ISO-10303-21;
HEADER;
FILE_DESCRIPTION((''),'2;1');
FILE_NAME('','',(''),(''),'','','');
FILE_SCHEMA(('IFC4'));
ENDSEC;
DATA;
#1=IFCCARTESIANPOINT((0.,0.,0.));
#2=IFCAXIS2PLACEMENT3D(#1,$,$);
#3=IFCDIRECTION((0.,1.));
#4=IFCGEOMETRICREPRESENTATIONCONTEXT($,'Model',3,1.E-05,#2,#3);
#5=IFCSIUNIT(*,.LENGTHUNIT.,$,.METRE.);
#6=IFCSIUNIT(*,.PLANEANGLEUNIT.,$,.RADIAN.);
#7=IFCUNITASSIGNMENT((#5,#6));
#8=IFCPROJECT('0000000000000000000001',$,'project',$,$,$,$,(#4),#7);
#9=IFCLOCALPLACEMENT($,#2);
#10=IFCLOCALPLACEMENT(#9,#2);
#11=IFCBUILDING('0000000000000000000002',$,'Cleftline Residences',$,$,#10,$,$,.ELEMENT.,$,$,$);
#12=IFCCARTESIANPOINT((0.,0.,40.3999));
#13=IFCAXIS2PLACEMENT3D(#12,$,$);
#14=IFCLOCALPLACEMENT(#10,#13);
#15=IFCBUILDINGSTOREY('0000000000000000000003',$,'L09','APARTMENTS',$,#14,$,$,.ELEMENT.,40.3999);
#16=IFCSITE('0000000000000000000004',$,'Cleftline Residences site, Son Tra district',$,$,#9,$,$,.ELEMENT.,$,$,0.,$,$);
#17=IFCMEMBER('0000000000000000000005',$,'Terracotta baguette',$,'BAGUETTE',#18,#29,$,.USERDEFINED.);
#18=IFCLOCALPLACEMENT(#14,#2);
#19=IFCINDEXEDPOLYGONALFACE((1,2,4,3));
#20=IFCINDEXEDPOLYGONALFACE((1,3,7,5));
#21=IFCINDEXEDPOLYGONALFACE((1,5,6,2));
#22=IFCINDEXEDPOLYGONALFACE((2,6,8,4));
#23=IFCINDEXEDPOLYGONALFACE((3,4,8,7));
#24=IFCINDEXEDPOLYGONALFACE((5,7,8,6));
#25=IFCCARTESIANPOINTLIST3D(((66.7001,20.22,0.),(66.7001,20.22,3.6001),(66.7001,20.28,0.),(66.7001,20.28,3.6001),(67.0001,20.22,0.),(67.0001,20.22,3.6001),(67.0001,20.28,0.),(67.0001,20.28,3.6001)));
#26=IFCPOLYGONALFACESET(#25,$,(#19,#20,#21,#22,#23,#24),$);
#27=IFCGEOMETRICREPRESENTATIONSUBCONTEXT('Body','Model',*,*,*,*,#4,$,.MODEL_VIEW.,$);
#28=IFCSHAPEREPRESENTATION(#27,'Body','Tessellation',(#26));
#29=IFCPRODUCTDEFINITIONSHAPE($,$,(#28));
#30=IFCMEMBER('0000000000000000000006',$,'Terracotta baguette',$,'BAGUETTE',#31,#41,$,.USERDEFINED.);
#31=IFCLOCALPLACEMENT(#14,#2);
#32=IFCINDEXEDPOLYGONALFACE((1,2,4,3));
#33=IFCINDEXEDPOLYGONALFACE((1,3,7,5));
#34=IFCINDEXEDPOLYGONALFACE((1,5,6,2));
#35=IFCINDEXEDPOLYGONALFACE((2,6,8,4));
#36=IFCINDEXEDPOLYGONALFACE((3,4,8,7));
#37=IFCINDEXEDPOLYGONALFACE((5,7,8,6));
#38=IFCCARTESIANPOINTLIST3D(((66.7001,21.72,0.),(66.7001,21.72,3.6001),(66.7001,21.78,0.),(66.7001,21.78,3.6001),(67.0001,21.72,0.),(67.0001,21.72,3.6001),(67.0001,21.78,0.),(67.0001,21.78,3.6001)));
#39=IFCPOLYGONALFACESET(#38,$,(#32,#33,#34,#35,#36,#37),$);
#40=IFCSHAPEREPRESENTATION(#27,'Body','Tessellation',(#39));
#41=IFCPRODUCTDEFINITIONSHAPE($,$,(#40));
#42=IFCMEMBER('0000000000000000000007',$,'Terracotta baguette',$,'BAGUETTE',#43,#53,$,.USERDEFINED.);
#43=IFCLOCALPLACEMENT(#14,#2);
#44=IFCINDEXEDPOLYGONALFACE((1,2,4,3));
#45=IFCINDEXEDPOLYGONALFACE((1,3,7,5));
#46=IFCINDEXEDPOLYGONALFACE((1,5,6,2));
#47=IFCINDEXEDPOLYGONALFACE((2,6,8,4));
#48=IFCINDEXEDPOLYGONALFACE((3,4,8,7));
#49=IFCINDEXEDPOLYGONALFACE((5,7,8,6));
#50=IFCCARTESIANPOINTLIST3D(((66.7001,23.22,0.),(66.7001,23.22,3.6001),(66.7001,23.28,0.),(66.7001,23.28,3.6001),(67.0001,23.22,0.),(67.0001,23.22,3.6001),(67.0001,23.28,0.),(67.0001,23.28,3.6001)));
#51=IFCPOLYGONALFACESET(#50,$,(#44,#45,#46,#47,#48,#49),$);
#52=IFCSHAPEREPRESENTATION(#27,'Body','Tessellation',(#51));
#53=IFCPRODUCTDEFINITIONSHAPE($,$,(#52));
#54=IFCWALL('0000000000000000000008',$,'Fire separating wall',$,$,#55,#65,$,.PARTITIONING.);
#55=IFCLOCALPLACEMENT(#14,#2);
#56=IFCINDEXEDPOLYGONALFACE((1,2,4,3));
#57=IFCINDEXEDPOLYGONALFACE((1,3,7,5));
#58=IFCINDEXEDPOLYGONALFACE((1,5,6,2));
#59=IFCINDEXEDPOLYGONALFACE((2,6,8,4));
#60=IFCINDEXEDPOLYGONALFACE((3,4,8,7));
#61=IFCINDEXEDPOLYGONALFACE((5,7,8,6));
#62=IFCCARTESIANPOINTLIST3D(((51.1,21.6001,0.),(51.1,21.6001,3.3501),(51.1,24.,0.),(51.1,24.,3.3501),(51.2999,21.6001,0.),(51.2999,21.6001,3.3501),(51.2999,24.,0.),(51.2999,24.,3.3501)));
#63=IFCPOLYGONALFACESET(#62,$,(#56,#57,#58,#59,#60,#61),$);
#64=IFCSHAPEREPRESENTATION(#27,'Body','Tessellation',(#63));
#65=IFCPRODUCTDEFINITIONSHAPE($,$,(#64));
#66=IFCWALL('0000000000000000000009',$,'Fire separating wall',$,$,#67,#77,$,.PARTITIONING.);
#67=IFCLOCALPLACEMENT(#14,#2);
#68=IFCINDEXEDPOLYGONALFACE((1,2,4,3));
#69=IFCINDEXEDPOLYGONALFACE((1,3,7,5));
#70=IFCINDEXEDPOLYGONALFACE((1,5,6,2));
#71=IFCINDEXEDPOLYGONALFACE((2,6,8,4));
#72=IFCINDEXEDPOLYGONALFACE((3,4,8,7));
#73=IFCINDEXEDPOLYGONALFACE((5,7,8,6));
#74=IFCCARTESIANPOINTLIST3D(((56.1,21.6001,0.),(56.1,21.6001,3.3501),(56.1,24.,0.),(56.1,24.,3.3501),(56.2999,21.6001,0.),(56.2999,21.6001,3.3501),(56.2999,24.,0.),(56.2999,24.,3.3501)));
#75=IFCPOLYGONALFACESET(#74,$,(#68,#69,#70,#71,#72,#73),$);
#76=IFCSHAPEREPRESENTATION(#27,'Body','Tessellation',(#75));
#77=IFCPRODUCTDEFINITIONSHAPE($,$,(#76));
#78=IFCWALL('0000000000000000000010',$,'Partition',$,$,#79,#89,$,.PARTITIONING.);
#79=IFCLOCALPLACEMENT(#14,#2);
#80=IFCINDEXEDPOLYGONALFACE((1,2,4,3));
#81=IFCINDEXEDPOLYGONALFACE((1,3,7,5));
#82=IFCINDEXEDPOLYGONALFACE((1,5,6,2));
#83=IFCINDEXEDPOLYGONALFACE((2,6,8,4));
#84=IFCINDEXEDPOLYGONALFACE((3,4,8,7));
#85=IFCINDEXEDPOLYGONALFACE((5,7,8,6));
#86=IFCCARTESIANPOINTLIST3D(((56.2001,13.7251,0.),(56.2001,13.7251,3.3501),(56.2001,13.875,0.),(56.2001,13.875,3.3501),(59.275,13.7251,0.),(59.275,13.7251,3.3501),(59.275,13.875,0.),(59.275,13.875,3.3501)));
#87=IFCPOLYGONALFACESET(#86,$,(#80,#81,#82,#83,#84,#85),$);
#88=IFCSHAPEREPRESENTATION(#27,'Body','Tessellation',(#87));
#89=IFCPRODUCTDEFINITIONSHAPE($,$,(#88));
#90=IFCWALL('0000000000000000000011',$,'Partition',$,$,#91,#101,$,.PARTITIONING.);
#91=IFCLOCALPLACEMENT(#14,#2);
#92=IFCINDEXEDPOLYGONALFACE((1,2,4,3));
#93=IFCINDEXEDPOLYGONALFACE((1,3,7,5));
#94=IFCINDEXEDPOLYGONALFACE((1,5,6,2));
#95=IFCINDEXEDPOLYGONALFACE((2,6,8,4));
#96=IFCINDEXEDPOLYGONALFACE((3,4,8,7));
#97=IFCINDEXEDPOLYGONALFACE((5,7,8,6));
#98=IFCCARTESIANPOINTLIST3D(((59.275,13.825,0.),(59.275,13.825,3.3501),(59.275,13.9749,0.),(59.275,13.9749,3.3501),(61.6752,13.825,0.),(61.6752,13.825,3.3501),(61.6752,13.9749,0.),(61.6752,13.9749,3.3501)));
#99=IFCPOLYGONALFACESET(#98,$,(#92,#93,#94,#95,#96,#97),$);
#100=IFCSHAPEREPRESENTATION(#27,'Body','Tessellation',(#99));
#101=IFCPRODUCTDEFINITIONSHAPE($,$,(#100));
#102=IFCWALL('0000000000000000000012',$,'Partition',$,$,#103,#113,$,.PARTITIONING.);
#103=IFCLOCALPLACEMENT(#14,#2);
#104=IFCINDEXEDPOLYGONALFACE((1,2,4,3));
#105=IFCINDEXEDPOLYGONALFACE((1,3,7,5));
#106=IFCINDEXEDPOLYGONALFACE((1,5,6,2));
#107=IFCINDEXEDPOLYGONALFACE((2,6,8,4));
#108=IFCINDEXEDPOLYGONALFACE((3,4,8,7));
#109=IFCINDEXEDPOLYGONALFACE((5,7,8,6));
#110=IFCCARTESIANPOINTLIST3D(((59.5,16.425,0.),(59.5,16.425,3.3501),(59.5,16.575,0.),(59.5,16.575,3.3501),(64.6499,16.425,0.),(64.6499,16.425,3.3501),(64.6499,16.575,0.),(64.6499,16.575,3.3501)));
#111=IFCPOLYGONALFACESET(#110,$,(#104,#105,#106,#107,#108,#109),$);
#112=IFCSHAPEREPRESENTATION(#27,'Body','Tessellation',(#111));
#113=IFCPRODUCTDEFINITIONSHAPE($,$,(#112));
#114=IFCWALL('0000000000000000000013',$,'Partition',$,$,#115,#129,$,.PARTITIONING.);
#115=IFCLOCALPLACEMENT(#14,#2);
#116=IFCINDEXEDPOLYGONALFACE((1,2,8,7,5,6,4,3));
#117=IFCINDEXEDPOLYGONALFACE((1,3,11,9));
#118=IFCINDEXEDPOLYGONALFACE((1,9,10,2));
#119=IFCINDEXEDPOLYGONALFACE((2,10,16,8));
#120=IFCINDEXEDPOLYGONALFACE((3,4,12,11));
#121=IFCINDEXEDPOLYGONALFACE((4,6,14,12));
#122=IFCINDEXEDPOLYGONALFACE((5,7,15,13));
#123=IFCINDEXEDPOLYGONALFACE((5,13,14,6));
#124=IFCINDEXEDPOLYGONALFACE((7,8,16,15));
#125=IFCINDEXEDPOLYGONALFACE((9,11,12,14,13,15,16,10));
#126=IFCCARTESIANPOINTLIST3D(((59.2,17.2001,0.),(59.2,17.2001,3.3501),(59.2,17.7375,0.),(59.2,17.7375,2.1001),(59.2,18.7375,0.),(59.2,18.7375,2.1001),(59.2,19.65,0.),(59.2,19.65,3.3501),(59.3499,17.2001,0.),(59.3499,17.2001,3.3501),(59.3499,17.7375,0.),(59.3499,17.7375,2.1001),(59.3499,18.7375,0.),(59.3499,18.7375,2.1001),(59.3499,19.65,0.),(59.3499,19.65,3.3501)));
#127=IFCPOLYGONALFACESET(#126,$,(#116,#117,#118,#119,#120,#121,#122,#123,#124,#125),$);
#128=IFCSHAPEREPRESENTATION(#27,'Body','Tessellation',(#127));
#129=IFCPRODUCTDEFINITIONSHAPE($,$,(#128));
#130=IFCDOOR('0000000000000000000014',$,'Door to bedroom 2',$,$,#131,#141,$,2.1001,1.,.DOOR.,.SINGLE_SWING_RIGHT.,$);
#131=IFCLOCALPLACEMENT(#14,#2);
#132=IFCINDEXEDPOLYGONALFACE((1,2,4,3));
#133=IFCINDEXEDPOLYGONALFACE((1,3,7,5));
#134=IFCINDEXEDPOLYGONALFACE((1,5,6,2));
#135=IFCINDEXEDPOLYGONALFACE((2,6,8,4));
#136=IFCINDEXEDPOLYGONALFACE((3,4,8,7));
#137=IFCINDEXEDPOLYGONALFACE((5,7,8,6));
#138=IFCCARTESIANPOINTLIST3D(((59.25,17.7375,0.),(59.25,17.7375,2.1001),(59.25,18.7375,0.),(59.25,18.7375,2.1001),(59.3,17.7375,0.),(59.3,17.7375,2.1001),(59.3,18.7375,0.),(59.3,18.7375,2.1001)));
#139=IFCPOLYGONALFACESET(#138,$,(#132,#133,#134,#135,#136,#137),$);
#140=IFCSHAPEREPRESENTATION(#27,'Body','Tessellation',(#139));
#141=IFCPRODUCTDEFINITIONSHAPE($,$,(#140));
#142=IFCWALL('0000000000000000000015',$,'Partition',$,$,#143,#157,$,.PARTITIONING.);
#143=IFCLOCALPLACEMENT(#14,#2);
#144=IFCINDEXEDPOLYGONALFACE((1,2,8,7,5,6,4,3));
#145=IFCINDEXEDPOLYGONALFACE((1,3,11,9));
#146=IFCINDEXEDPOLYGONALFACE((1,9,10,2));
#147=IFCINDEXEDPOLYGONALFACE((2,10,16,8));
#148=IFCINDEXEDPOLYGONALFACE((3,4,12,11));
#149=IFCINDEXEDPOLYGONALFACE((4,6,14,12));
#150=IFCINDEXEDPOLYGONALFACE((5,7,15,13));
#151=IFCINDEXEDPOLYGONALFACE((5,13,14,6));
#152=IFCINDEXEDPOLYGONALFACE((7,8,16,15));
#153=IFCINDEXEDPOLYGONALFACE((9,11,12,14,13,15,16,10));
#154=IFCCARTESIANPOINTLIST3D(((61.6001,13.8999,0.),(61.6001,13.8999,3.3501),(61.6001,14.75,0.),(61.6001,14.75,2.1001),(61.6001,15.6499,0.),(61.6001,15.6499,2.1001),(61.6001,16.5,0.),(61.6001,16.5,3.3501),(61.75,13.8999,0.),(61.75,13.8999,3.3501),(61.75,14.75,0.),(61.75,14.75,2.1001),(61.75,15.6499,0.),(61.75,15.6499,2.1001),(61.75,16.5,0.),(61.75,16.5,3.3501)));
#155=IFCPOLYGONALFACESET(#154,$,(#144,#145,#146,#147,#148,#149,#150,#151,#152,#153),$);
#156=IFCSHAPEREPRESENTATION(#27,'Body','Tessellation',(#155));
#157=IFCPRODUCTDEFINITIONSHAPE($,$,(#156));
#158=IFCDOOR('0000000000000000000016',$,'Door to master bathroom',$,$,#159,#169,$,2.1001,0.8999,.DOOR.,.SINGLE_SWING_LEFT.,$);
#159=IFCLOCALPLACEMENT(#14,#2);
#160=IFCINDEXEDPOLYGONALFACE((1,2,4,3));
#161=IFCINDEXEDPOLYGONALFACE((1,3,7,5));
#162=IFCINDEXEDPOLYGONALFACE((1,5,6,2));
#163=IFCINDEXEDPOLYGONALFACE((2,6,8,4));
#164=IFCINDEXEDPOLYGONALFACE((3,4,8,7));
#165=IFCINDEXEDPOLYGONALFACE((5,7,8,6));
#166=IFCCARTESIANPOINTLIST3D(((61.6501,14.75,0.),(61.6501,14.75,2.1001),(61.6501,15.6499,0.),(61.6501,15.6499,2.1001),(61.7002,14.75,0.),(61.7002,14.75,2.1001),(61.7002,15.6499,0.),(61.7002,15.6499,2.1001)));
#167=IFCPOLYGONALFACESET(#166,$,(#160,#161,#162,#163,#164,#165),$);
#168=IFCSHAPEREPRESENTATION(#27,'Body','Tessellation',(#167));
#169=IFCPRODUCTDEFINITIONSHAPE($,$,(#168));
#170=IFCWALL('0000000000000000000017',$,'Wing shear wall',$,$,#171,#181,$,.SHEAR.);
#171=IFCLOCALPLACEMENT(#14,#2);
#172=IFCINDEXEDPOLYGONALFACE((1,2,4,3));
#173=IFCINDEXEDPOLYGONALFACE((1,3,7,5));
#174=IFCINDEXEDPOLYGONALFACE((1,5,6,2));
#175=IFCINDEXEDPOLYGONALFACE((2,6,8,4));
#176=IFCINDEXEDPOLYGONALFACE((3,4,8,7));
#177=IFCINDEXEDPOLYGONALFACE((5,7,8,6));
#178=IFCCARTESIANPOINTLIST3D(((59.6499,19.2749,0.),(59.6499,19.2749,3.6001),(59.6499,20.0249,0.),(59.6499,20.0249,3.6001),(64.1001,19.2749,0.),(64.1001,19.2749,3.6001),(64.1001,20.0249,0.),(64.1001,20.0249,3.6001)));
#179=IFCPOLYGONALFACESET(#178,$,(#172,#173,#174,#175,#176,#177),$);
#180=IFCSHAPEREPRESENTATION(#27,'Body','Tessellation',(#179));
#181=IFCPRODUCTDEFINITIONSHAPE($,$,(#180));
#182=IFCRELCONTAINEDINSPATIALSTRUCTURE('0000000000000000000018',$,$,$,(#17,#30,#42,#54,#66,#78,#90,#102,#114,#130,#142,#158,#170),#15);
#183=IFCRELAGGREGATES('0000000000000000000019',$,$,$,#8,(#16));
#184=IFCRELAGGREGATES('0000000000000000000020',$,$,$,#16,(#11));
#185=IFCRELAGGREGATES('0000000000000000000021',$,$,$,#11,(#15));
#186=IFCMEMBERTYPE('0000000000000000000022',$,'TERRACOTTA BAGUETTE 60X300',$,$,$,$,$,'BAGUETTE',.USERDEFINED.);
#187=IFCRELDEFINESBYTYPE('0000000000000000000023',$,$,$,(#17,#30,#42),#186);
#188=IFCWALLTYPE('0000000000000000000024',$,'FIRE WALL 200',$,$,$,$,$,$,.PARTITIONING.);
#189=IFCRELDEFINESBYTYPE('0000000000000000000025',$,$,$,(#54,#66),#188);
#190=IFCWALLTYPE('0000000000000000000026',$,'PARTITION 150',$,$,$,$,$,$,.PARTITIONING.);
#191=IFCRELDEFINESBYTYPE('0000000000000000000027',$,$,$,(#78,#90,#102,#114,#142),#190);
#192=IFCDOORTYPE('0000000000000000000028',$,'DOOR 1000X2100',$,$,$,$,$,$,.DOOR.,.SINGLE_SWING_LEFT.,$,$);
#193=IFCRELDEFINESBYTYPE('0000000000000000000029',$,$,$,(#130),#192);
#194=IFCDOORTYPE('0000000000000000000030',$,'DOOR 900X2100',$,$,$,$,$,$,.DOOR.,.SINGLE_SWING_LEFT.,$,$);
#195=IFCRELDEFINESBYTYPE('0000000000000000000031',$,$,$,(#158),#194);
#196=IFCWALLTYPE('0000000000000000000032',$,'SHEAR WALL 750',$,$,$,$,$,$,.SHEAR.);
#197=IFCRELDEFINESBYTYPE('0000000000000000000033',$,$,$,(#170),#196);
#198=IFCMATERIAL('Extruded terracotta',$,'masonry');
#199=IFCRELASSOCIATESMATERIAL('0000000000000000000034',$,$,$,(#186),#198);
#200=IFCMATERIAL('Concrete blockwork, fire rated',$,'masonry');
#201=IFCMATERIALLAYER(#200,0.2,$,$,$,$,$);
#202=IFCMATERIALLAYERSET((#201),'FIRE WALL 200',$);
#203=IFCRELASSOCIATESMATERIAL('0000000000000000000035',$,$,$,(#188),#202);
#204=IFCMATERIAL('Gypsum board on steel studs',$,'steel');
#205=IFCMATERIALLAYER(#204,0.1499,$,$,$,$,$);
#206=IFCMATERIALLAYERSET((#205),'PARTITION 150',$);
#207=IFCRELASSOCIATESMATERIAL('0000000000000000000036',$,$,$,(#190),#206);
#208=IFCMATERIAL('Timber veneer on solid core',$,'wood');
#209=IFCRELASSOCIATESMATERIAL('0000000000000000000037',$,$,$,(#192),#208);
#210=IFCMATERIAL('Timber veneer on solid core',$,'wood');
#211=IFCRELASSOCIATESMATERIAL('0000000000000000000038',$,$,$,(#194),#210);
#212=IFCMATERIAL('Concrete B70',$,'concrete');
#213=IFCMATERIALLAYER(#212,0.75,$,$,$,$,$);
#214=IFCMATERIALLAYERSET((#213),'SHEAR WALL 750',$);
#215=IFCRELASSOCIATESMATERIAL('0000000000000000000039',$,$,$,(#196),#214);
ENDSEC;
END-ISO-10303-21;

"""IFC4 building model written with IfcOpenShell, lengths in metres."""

from ifc_helpers import new_model, si_unit, direction, frame, frame_2d, origin, origin_2d, place, context, subcontext, project, spatial, rectangle, extrude, material, layer, layer_set, material_profile, profile_set, type_object, element, fill, save


model = new_model("IFC4")

# Units and contexts
model_context = context("Model", 3, precision=1e-05, world=origin(), true_north=direction((0.0, 1.0)))
body_context = subcontext(model_context, "Body", "Model", "MODEL_VIEW")
ifc_project = project(units=[si_unit("LENGTHUNIT", "METRE"), si_unit("PLANEANGLEUNIT", "RADIAN")], contexts=[model_context])

# Site, building, storey
site_placement = place(None, origin())
site = spatial("IfcSite", under=ifc_project, at=site_placement, Name="Cleftline Residences site, Son Tra district", CompositionType="ELEMENT", RefElevation=0.0)
building_placement = place(site_placement, origin())
building = spatial("IfcBuilding", under=site, at=building_placement, Name="Cleftline Residences", CompositionType="ELEMENT")
storey_placement = place(building_placement, frame((0.0, 0.0, 40.3999)))
storey = spatial("IfcBuildingStorey", under=building, at=storey_placement, Name="L09", Description="APARTMENTS", CompositionType="ELEMENT", Elevation=40.3999)

# Members
ifc_material_1 = material(Name="Extruded terracotta", Category="masonry")
ifc_material_profile_1 = material_profile(ifc_material_1, rectangle(XDim=0.0601, YDim=0.3, at=origin_2d()))
ifc_profile_set_1 = profile_set([ifc_material_profile_1], Name="Extruded terracotta")
member_type_1 = type_object("IfcMemberType", Name="TERRACOTTA BAGUETTE 60X300", ElementType="BAGUETTE", PredefinedType="USERDEFINED", material=ifc_profile_set_1)
for number, where, z_axis, x_axis, name in (
    (1, (66.8501, 20.25, 0.0), (0.0, 0.0, 1.0), (0.0, 1.0, 0.0), "Terracotta baguette"),
    (2, (66.8501, 21.75, 0.0), (0.0, 0.0, 1.0), (0.0, 1.0, 0.0), "Terracotta baguette"),
    (3, (66.8501, 23.25, 0.0), (0.0, 0.0, 1.0), (0.0, 1.0, 0.0), "Terracotta baguette"),
):
    element("IfcMember", number, at=place(storey_placement, frame(where, z_axis=z_axis, x_axis=x_axis)), inside=storey, type_object=member_type_1, Name=name, ObjectType="BAGUETTE", PredefinedType="USERDEFINED", context=body_context, shape_type="SweptSolid", body=[
        extrude(rectangle(XDim=0.0601, YDim=0.3, at=origin_2d()), origin(), (0.0, 0.0, 1.0), 3.6001),
    ])

# Walls
ifc_material_2 = material(Name="Concrete blockwork, fire rated", Category="masonry")
ifc_layer_1 = layer(ifc_material_2, 0.2)
ifc_layer_set_1 = layer_set([ifc_layer_1], Name="FIRE WALL 200")
wall_type_1 = type_object("IfcWallType", Name="FIRE WALL 200", PredefinedType="PARTITIONING", material=ifc_layer_set_1)
for number, where, z_axis, x_axis, name in (
    (4, (51.2, 21.6001, 0.0), (0.0, 0.0, 1.0), (0.0, 1.0, 0.0), "Fire separating wall"),
    (5, (56.2, 21.6001, 0.0), (0.0, 0.0, 1.0), (0.0, 1.0, 0.0), "Fire separating wall"),
):
    element("IfcWall", number, at=place(storey_placement, frame(where, z_axis=z_axis, x_axis=x_axis)), inside=storey, type_object=wall_type_1, Name=name, PredefinedType="PARTITIONING", context=body_context, shape_type="SweptSolid", body=[
        extrude(rectangle(XDim=2.3999, YDim=0.2, at=frame_2d((1.2, 0.0))), origin(), (0.0, 0.0, 1.0), 3.3501),
    ])
ifc_material_3 = material(Name="Gypsum board on steel studs", Category="steel")
ifc_layer_2 = layer(ifc_material_3, 0.1499)
ifc_layer_set_2 = layer_set([ifc_layer_2], Name="PARTITION 150")
wall_type_2 = type_object("IfcWallType", Name="PARTITION 150", PredefinedType="PARTITIONING", material=ifc_layer_set_2)
wall_1_placement = place(storey_placement, frame((56.2, 13.8, 0.0), z_axis=(0.0, 0.0, 1.0), x_axis=(1.0, 0.0, 0.0)))
element("IfcWall", 6, at=wall_1_placement, inside=storey, type_object=wall_type_2, Name="Partition", PredefinedType="PARTITIONING", context=body_context, shape_type="SweptSolid", body=[
    extrude(rectangle(XDim=3.075, YDim=0.1499, at=frame_2d((1.5376, 0.0))), origin(), (0.0, 0.0, 1.0), 3.3501),
])
wall_2_placement = place(storey_placement, frame((59.2749, 13.8999, 0.0), z_axis=(0.0, 0.0, 1.0), x_axis=(1.0, 0.0, 0.0)))
element("IfcWall", 7, at=wall_2_placement, inside=storey, type_object=wall_type_2, Name="Partition", PredefinedType="PARTITIONING", context=body_context, shape_type="SweptSolid", body=[
    extrude(rectangle(XDim=2.4001, YDim=0.1499, at=frame_2d((1.2002, 0.0))), origin(), (0.0, 0.0, 1.0), 3.3501),
])
wall_3_placement = place(storey_placement, frame((59.5, 16.5, 0.0), z_axis=(0.0, 0.0, 1.0), x_axis=(1.0, 0.0, 0.0)))
element("IfcWall", 8, at=wall_3_placement, inside=storey, type_object=wall_type_2, Name="Partition", PredefinedType="PARTITIONING", context=body_context, shape_type="SweptSolid", body=[
    extrude(rectangle(XDim=5.1499, YDim=0.1499, at=frame_2d((2.575, 0.0))), origin(), (0.0, 0.0, 1.0), 3.3501),
])

# Walls, openings, doors
wall_4_placement = place(storey_placement, frame((59.2749, 17.2, 0.0), z_axis=(0.0, 0.0, 1.0), x_axis=(0.0, 1.0, 0.0)))
wall_4 = element("IfcWall", 9, at=wall_4_placement, inside=storey, type_object=wall_type_2, Name="Partition", PredefinedType="PARTITIONING", context=body_context, shape_type="SweptSolid", body=[
    extrude(rectangle(XDim=2.45, YDim=0.1499, at=frame_2d((1.2251, 0.0))), origin(), (0.0, 0.0, 1.0), 3.3501),
])
opening_1_placement = place(wall_4_placement, frame((0.5376, 0.0, 0.0)))
opening_1 = element("IfcOpeningElement", 10, at=opening_1_placement, cuts=wall_4, PredefinedType="OPENING", context=body_context, shape_type="SweptSolid", body=[
    extrude(rectangle(XDim=1.0, YDim=2.1001, at=frame_2d((0.5, 1.05))), frame((0.0, 0.085, 0.0), z_axis=(0.0, -1.0, 0.0), x_axis=(1.0, 0.0, 0.0)), (0.0, 0.0, 1.0), 0.1699),
])
ifc_material_4 = material(Name="Timber veneer on solid core", Category="wood")
door_type_1 = type_object("IfcDoorType", Name="DOOR 1000X2100", OperationType="SINGLE_SWING_LEFT", PredefinedType="DOOR", material=ifc_material_4)
door_1_placement = place(opening_1_placement, origin())
door_1 = element("IfcDoor", 11, at=door_1_placement, inside=storey, type_object=door_type_1, Name="Door to bedroom 2", OperationType="SINGLE_SWING_RIGHT", OverallHeight=2.1001, OverallWidth=1.0, PredefinedType="DOOR", context=body_context, shape_type="SweptSolid", body=[
    extrude(rectangle(XDim=1.0, YDim=2.1001, at=frame_2d((0.5, 1.05))), frame((0.0, 0.0249, 0.0), z_axis=(0.0, -1.0, 0.0), x_axis=(1.0, 0.0, 0.0)), (0.0, 0.0, 1.0), 0.05),
])
fill(opening_1, door_1)
wall_5_placement = place(storey_placement, frame((61.675, 13.8999, 0.0), z_axis=(0.0, 0.0, 1.0), x_axis=(0.0, 1.0, 0.0)))
wall_5 = element("IfcWall", 12, at=wall_5_placement, inside=storey, type_object=wall_type_2, Name="Partition", PredefinedType="PARTITIONING", context=body_context, shape_type="SweptSolid", body=[
    extrude(rectangle(XDim=2.6001, YDim=0.1499, at=frame_2d((1.3, 0.0))), origin(), (0.0, 0.0, 1.0), 3.3501),
])
opening_2_placement = place(wall_5_placement, frame((0.8501, 0.0, 0.0)))
opening_2 = element("IfcOpeningElement", 13, at=opening_2_placement, cuts=wall_5, PredefinedType="OPENING", context=body_context, shape_type="SweptSolid", body=[
    extrude(rectangle(XDim=0.8999, YDim=2.1001, at=frame_2d((0.45, 1.05))), frame((0.0, 0.085, 0.0), z_axis=(0.0, -1.0, 0.0), x_axis=(1.0, 0.0, 0.0)), (0.0, 0.0, 1.0), 0.1699),
])
ifc_material_5 = material(Name="Timber veneer on solid core", Category="wood")
door_type_2 = type_object("IfcDoorType", Name="DOOR 900X2100", OperationType="SINGLE_SWING_LEFT", PredefinedType="DOOR", material=ifc_material_5)
door_2_placement = place(opening_2_placement, origin())
door_2 = element("IfcDoor", 14, at=door_2_placement, inside=storey, type_object=door_type_2, Name="Door to master bathroom", OperationType="SINGLE_SWING_LEFT", OverallHeight=2.1001, OverallWidth=0.8999, PredefinedType="DOOR", context=body_context, shape_type="SweptSolid", body=[
    extrude(rectangle(XDim=0.8999, YDim=2.1001, at=frame_2d((0.45, 1.05))), frame((0.0, 0.0249, 0.0), z_axis=(0.0, -1.0, 0.0), x_axis=(1.0, 0.0, 0.0)), (0.0, 0.0, 1.0), 0.05),
])
fill(opening_2, door_2)

# Wall
ifc_material_6 = material(Name="Concrete B70", Category="concrete")
ifc_layer_3 = layer(ifc_material_6, 0.75)
ifc_layer_set_3 = layer_set([ifc_layer_3], Name="SHEAR WALL 750")
wall_type_3 = type_object("IfcWallType", Name="SHEAR WALL 750", PredefinedType="SHEAR", material=ifc_layer_set_3)
wall_6_placement = place(storey_placement, frame((59.6499, 19.6499, 0.0), z_axis=(0.0, 0.0, 1.0), x_axis=(1.0, 0.0, 0.0)))
element("IfcWall", 15, at=wall_6_placement, inside=storey, type_object=wall_type_3, Name="Wing shear wall", PredefinedType="SHEAR", context=body_context, shape_type="SweptSolid", body=[
    extrude(rectangle(XDim=4.4502, YDim=0.75, at=frame_2d((2.2251, 0.0))), origin(), (0.0, 0.0, 1.0), 3.6001),
])

save(model, "model.ifc")
